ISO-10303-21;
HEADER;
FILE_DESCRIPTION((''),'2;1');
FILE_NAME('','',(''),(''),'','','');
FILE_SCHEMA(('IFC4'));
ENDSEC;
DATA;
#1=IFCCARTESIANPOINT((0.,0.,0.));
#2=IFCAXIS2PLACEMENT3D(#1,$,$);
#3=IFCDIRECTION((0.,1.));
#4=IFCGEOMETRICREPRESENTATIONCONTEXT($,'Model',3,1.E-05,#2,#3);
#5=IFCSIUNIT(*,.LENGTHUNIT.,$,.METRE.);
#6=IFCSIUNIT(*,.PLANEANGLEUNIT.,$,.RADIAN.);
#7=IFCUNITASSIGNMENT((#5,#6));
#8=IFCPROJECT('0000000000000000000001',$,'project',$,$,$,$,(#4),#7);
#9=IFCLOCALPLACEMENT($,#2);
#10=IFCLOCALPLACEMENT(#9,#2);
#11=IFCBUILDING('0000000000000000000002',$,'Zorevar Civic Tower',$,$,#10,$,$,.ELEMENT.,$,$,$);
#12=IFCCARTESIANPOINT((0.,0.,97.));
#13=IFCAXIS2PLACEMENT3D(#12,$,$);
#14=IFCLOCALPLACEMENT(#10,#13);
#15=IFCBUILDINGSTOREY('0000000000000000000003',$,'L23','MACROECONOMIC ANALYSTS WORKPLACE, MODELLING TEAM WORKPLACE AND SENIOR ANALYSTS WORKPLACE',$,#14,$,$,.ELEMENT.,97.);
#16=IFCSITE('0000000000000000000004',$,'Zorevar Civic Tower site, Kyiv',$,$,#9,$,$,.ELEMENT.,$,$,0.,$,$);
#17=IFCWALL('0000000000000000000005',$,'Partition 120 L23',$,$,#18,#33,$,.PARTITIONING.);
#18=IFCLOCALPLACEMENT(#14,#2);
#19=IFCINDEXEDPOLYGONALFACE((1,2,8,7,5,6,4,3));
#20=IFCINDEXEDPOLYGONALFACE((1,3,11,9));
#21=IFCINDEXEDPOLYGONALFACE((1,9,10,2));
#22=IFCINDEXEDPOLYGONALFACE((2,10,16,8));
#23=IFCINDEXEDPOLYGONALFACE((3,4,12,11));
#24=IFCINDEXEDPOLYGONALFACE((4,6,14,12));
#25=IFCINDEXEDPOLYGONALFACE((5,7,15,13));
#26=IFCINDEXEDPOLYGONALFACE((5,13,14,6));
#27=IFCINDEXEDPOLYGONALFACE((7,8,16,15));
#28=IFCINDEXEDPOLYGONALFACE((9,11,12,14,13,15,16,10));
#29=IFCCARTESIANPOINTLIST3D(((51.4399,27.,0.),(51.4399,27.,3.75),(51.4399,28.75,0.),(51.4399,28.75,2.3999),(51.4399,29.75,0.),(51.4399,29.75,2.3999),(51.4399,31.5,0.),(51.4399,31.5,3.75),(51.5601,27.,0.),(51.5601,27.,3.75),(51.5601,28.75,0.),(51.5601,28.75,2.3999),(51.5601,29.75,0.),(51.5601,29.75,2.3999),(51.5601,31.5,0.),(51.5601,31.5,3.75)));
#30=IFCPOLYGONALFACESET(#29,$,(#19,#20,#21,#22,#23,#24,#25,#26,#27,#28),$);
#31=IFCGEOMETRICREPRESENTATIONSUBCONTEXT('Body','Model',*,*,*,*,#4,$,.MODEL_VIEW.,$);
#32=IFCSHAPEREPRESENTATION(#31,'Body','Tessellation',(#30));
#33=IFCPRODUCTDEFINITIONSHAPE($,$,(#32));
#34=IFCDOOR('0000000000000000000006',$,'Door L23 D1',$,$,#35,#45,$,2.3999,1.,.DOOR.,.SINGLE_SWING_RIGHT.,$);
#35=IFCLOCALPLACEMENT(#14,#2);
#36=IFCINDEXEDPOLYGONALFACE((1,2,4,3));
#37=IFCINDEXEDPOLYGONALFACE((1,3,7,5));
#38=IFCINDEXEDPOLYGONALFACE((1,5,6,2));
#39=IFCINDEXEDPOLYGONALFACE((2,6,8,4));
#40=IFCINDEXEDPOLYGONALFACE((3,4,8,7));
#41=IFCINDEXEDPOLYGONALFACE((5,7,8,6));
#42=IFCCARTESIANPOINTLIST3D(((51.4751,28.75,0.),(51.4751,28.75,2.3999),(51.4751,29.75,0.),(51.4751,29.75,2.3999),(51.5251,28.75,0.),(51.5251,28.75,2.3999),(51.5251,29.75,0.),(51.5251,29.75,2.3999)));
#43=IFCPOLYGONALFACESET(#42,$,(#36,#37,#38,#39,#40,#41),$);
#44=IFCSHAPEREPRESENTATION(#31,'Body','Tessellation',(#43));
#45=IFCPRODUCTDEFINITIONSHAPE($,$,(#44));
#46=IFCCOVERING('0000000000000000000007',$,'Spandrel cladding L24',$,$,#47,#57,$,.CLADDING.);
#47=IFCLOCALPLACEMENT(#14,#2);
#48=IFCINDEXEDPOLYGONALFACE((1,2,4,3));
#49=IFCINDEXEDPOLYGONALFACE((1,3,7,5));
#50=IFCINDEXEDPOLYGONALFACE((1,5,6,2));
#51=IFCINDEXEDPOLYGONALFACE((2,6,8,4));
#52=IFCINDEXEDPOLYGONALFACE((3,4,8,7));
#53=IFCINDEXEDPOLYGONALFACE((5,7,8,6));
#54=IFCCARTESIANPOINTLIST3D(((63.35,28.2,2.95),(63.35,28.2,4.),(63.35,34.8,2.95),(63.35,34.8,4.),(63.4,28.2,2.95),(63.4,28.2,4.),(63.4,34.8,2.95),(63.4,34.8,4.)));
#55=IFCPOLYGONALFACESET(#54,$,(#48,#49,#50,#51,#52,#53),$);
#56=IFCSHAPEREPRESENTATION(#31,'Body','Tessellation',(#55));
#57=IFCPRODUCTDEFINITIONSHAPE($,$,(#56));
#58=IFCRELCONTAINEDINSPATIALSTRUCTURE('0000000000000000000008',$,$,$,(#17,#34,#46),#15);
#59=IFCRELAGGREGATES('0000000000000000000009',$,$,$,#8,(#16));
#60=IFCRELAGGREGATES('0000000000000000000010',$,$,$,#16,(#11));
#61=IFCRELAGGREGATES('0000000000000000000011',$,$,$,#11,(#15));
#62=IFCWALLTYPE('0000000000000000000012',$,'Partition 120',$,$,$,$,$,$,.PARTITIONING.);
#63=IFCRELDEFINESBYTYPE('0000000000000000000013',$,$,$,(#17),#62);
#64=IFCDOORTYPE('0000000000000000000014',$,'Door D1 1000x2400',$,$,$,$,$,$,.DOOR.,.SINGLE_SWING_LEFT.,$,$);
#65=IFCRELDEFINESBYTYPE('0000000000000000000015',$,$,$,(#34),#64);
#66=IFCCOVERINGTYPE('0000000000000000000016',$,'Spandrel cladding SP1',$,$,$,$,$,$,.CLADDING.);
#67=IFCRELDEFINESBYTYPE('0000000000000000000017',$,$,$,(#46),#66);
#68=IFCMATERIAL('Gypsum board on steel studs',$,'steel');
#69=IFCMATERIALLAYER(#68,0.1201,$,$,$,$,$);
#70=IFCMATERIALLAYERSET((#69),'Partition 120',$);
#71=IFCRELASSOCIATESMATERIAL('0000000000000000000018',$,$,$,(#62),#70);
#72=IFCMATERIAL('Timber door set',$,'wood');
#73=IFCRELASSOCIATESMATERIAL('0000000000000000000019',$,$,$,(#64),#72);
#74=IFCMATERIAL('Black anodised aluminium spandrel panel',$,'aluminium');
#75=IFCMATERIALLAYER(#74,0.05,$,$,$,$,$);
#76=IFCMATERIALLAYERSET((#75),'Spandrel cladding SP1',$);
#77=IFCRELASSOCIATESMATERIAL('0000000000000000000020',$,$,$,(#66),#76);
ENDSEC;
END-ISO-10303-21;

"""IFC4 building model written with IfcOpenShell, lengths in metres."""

from ifc_helpers import new_model, si_unit, direction, frame, frame_2d, origin, place, context, subcontext, project, spatial, rectangle, extrude, material, layer, layer_set, type_object, element, fill, save


model = new_model("IFC4")

# Units and contexts
model_context = context("Model", 3, precision=1e-05, world=origin(), true_north=direction((0.0, 1.0)))
body_context = subcontext(model_context, "Body", "Model", "MODEL_VIEW")
ifc_project = project(units=[si_unit("LENGTHUNIT", "METRE"), si_unit("PLANEANGLEUNIT", "RADIAN")], contexts=[model_context])

# Site, building, storey
site_placement = place(None, origin())
site = spatial("IfcSite", under=ifc_project, at=site_placement, Name="Zorevar Civic Tower site, Kyiv", CompositionType="ELEMENT", RefElevation=0.0)
building_placement = place(site_placement, origin())
building = spatial("IfcBuilding", under=site, at=building_placement, Name="Zorevar Civic Tower", CompositionType="ELEMENT")
storey_placement = place(building_placement, frame((0.0, 0.0, 97.0)))
storey = spatial("IfcBuildingStorey", under=building, at=storey_placement, Name="L23", Description="MACROECONOMIC ANALYSTS WORKPLACE, MODELLING TEAM WORKPLACE AND SENIOR ANALYSTS WORKPLACE", CompositionType="ELEMENT", Elevation=97.0)

# Shared definitions
ifc_material_1 = material(Name="Gypsum board on steel studs", Category="steel")
ifc_layer_1 = layer(ifc_material_1, 0.1201)
ifc_layer_set_1 = layer_set([ifc_layer_1], Name="Partition 120")
wall_type = type_object("IfcWallType", Name="Partition 120", PredefinedType="PARTITIONING", material=ifc_layer_set_1)

# Wall, opening, door
wall_1_placement = place(storey_placement, frame((51.5, 27.0, 0.0), z_axis=(0.0, 0.0, 1.0), x_axis=(0.0, 1.0, 0.0)))
wall_1 = element("IfcWall", 1, at=wall_1_placement, inside=storey, type_object=wall_type, Name="Partition 120 L23", PredefinedType="PARTITIONING", context=body_context, shape_type="SweptSolid", body=[
    extrude(rectangle(XDim=4.5, YDim=0.1201, at=frame_2d((2.25, 0.0))), origin(), (0.0, 0.0, 1.0), 3.75),
])
opening_placement = place(wall_1_placement, frame((1.75, 0.0, 0.0)))
opening = element("IfcOpeningElement", 2, at=opening_placement, cuts=wall_1, PredefinedType="OPENING", context=body_context, shape_type="SweptSolid", body=[
    extrude(rectangle(XDim=1.0, YDim=2.3999, at=frame_2d((0.5, 1.2))), frame((0.0, 0.0701, 0.0), z_axis=(0.0, -1.0, 0.0), x_axis=(1.0, 0.0, 0.0)), (0.0, 0.0, 1.0), 0.1401),
])
ifc_material_2 = material(Name="Timber door set", Category="wood")
door_type = type_object("IfcDoorType", Name="Door D1 1000x2400", OperationType="SINGLE_SWING_LEFT", PredefinedType="DOOR", material=ifc_material_2)
door_placement = place(opening_placement, origin())
door = element("IfcDoor", 3, at=door_placement, inside=storey, type_object=door_type, Name="Door L23 D1", OperationType="SINGLE_SWING_RIGHT", OverallHeight=2.3999, OverallWidth=1.0, PredefinedType="DOOR", context=body_context, shape_type="SweptSolid", body=[
    extrude(rectangle(XDim=1.0, YDim=2.3999, at=frame_2d((0.5, 1.2))), frame((0.0, 0.0249, 0.0), z_axis=(0.0, -1.0, 0.0), x_axis=(1.0, 0.0, 0.0)), (0.0, 0.0, 1.0), 0.05),
])
fill(opening, door)

# Covering
ifc_material_3 = material(Name="Black anodised aluminium spandrel panel", Category="aluminium")
ifc_layer_2 = layer(ifc_material_3, 0.05)
ifc_layer_set_2 = layer_set([ifc_layer_2], Name="Spandrel cladding SP1")
covering_type = type_object("IfcCoveringType", Name="Spandrel cladding SP1", PredefinedType="CLADDING", material=ifc_layer_set_2)
covering_placement = place(storey_placement, frame((63.375, 28.2, 2.95), z_axis=(0.0, 0.0, 1.0), x_axis=(0.0, 1.0, 0.0)))
element("IfcCovering", 4, at=covering_placement, inside=storey, type_object=covering_type, Name="Spandrel cladding L24", PredefinedType="CLADDING", context=body_context, shape_type="SweptSolid", body=[
    extrude(rectangle(XDim=6.6001, YDim=0.05, at=frame_2d((3.3, 0.0))), origin(), (0.0, 0.0, 1.0), 1.05),
])

save(model, "model.ifc")
